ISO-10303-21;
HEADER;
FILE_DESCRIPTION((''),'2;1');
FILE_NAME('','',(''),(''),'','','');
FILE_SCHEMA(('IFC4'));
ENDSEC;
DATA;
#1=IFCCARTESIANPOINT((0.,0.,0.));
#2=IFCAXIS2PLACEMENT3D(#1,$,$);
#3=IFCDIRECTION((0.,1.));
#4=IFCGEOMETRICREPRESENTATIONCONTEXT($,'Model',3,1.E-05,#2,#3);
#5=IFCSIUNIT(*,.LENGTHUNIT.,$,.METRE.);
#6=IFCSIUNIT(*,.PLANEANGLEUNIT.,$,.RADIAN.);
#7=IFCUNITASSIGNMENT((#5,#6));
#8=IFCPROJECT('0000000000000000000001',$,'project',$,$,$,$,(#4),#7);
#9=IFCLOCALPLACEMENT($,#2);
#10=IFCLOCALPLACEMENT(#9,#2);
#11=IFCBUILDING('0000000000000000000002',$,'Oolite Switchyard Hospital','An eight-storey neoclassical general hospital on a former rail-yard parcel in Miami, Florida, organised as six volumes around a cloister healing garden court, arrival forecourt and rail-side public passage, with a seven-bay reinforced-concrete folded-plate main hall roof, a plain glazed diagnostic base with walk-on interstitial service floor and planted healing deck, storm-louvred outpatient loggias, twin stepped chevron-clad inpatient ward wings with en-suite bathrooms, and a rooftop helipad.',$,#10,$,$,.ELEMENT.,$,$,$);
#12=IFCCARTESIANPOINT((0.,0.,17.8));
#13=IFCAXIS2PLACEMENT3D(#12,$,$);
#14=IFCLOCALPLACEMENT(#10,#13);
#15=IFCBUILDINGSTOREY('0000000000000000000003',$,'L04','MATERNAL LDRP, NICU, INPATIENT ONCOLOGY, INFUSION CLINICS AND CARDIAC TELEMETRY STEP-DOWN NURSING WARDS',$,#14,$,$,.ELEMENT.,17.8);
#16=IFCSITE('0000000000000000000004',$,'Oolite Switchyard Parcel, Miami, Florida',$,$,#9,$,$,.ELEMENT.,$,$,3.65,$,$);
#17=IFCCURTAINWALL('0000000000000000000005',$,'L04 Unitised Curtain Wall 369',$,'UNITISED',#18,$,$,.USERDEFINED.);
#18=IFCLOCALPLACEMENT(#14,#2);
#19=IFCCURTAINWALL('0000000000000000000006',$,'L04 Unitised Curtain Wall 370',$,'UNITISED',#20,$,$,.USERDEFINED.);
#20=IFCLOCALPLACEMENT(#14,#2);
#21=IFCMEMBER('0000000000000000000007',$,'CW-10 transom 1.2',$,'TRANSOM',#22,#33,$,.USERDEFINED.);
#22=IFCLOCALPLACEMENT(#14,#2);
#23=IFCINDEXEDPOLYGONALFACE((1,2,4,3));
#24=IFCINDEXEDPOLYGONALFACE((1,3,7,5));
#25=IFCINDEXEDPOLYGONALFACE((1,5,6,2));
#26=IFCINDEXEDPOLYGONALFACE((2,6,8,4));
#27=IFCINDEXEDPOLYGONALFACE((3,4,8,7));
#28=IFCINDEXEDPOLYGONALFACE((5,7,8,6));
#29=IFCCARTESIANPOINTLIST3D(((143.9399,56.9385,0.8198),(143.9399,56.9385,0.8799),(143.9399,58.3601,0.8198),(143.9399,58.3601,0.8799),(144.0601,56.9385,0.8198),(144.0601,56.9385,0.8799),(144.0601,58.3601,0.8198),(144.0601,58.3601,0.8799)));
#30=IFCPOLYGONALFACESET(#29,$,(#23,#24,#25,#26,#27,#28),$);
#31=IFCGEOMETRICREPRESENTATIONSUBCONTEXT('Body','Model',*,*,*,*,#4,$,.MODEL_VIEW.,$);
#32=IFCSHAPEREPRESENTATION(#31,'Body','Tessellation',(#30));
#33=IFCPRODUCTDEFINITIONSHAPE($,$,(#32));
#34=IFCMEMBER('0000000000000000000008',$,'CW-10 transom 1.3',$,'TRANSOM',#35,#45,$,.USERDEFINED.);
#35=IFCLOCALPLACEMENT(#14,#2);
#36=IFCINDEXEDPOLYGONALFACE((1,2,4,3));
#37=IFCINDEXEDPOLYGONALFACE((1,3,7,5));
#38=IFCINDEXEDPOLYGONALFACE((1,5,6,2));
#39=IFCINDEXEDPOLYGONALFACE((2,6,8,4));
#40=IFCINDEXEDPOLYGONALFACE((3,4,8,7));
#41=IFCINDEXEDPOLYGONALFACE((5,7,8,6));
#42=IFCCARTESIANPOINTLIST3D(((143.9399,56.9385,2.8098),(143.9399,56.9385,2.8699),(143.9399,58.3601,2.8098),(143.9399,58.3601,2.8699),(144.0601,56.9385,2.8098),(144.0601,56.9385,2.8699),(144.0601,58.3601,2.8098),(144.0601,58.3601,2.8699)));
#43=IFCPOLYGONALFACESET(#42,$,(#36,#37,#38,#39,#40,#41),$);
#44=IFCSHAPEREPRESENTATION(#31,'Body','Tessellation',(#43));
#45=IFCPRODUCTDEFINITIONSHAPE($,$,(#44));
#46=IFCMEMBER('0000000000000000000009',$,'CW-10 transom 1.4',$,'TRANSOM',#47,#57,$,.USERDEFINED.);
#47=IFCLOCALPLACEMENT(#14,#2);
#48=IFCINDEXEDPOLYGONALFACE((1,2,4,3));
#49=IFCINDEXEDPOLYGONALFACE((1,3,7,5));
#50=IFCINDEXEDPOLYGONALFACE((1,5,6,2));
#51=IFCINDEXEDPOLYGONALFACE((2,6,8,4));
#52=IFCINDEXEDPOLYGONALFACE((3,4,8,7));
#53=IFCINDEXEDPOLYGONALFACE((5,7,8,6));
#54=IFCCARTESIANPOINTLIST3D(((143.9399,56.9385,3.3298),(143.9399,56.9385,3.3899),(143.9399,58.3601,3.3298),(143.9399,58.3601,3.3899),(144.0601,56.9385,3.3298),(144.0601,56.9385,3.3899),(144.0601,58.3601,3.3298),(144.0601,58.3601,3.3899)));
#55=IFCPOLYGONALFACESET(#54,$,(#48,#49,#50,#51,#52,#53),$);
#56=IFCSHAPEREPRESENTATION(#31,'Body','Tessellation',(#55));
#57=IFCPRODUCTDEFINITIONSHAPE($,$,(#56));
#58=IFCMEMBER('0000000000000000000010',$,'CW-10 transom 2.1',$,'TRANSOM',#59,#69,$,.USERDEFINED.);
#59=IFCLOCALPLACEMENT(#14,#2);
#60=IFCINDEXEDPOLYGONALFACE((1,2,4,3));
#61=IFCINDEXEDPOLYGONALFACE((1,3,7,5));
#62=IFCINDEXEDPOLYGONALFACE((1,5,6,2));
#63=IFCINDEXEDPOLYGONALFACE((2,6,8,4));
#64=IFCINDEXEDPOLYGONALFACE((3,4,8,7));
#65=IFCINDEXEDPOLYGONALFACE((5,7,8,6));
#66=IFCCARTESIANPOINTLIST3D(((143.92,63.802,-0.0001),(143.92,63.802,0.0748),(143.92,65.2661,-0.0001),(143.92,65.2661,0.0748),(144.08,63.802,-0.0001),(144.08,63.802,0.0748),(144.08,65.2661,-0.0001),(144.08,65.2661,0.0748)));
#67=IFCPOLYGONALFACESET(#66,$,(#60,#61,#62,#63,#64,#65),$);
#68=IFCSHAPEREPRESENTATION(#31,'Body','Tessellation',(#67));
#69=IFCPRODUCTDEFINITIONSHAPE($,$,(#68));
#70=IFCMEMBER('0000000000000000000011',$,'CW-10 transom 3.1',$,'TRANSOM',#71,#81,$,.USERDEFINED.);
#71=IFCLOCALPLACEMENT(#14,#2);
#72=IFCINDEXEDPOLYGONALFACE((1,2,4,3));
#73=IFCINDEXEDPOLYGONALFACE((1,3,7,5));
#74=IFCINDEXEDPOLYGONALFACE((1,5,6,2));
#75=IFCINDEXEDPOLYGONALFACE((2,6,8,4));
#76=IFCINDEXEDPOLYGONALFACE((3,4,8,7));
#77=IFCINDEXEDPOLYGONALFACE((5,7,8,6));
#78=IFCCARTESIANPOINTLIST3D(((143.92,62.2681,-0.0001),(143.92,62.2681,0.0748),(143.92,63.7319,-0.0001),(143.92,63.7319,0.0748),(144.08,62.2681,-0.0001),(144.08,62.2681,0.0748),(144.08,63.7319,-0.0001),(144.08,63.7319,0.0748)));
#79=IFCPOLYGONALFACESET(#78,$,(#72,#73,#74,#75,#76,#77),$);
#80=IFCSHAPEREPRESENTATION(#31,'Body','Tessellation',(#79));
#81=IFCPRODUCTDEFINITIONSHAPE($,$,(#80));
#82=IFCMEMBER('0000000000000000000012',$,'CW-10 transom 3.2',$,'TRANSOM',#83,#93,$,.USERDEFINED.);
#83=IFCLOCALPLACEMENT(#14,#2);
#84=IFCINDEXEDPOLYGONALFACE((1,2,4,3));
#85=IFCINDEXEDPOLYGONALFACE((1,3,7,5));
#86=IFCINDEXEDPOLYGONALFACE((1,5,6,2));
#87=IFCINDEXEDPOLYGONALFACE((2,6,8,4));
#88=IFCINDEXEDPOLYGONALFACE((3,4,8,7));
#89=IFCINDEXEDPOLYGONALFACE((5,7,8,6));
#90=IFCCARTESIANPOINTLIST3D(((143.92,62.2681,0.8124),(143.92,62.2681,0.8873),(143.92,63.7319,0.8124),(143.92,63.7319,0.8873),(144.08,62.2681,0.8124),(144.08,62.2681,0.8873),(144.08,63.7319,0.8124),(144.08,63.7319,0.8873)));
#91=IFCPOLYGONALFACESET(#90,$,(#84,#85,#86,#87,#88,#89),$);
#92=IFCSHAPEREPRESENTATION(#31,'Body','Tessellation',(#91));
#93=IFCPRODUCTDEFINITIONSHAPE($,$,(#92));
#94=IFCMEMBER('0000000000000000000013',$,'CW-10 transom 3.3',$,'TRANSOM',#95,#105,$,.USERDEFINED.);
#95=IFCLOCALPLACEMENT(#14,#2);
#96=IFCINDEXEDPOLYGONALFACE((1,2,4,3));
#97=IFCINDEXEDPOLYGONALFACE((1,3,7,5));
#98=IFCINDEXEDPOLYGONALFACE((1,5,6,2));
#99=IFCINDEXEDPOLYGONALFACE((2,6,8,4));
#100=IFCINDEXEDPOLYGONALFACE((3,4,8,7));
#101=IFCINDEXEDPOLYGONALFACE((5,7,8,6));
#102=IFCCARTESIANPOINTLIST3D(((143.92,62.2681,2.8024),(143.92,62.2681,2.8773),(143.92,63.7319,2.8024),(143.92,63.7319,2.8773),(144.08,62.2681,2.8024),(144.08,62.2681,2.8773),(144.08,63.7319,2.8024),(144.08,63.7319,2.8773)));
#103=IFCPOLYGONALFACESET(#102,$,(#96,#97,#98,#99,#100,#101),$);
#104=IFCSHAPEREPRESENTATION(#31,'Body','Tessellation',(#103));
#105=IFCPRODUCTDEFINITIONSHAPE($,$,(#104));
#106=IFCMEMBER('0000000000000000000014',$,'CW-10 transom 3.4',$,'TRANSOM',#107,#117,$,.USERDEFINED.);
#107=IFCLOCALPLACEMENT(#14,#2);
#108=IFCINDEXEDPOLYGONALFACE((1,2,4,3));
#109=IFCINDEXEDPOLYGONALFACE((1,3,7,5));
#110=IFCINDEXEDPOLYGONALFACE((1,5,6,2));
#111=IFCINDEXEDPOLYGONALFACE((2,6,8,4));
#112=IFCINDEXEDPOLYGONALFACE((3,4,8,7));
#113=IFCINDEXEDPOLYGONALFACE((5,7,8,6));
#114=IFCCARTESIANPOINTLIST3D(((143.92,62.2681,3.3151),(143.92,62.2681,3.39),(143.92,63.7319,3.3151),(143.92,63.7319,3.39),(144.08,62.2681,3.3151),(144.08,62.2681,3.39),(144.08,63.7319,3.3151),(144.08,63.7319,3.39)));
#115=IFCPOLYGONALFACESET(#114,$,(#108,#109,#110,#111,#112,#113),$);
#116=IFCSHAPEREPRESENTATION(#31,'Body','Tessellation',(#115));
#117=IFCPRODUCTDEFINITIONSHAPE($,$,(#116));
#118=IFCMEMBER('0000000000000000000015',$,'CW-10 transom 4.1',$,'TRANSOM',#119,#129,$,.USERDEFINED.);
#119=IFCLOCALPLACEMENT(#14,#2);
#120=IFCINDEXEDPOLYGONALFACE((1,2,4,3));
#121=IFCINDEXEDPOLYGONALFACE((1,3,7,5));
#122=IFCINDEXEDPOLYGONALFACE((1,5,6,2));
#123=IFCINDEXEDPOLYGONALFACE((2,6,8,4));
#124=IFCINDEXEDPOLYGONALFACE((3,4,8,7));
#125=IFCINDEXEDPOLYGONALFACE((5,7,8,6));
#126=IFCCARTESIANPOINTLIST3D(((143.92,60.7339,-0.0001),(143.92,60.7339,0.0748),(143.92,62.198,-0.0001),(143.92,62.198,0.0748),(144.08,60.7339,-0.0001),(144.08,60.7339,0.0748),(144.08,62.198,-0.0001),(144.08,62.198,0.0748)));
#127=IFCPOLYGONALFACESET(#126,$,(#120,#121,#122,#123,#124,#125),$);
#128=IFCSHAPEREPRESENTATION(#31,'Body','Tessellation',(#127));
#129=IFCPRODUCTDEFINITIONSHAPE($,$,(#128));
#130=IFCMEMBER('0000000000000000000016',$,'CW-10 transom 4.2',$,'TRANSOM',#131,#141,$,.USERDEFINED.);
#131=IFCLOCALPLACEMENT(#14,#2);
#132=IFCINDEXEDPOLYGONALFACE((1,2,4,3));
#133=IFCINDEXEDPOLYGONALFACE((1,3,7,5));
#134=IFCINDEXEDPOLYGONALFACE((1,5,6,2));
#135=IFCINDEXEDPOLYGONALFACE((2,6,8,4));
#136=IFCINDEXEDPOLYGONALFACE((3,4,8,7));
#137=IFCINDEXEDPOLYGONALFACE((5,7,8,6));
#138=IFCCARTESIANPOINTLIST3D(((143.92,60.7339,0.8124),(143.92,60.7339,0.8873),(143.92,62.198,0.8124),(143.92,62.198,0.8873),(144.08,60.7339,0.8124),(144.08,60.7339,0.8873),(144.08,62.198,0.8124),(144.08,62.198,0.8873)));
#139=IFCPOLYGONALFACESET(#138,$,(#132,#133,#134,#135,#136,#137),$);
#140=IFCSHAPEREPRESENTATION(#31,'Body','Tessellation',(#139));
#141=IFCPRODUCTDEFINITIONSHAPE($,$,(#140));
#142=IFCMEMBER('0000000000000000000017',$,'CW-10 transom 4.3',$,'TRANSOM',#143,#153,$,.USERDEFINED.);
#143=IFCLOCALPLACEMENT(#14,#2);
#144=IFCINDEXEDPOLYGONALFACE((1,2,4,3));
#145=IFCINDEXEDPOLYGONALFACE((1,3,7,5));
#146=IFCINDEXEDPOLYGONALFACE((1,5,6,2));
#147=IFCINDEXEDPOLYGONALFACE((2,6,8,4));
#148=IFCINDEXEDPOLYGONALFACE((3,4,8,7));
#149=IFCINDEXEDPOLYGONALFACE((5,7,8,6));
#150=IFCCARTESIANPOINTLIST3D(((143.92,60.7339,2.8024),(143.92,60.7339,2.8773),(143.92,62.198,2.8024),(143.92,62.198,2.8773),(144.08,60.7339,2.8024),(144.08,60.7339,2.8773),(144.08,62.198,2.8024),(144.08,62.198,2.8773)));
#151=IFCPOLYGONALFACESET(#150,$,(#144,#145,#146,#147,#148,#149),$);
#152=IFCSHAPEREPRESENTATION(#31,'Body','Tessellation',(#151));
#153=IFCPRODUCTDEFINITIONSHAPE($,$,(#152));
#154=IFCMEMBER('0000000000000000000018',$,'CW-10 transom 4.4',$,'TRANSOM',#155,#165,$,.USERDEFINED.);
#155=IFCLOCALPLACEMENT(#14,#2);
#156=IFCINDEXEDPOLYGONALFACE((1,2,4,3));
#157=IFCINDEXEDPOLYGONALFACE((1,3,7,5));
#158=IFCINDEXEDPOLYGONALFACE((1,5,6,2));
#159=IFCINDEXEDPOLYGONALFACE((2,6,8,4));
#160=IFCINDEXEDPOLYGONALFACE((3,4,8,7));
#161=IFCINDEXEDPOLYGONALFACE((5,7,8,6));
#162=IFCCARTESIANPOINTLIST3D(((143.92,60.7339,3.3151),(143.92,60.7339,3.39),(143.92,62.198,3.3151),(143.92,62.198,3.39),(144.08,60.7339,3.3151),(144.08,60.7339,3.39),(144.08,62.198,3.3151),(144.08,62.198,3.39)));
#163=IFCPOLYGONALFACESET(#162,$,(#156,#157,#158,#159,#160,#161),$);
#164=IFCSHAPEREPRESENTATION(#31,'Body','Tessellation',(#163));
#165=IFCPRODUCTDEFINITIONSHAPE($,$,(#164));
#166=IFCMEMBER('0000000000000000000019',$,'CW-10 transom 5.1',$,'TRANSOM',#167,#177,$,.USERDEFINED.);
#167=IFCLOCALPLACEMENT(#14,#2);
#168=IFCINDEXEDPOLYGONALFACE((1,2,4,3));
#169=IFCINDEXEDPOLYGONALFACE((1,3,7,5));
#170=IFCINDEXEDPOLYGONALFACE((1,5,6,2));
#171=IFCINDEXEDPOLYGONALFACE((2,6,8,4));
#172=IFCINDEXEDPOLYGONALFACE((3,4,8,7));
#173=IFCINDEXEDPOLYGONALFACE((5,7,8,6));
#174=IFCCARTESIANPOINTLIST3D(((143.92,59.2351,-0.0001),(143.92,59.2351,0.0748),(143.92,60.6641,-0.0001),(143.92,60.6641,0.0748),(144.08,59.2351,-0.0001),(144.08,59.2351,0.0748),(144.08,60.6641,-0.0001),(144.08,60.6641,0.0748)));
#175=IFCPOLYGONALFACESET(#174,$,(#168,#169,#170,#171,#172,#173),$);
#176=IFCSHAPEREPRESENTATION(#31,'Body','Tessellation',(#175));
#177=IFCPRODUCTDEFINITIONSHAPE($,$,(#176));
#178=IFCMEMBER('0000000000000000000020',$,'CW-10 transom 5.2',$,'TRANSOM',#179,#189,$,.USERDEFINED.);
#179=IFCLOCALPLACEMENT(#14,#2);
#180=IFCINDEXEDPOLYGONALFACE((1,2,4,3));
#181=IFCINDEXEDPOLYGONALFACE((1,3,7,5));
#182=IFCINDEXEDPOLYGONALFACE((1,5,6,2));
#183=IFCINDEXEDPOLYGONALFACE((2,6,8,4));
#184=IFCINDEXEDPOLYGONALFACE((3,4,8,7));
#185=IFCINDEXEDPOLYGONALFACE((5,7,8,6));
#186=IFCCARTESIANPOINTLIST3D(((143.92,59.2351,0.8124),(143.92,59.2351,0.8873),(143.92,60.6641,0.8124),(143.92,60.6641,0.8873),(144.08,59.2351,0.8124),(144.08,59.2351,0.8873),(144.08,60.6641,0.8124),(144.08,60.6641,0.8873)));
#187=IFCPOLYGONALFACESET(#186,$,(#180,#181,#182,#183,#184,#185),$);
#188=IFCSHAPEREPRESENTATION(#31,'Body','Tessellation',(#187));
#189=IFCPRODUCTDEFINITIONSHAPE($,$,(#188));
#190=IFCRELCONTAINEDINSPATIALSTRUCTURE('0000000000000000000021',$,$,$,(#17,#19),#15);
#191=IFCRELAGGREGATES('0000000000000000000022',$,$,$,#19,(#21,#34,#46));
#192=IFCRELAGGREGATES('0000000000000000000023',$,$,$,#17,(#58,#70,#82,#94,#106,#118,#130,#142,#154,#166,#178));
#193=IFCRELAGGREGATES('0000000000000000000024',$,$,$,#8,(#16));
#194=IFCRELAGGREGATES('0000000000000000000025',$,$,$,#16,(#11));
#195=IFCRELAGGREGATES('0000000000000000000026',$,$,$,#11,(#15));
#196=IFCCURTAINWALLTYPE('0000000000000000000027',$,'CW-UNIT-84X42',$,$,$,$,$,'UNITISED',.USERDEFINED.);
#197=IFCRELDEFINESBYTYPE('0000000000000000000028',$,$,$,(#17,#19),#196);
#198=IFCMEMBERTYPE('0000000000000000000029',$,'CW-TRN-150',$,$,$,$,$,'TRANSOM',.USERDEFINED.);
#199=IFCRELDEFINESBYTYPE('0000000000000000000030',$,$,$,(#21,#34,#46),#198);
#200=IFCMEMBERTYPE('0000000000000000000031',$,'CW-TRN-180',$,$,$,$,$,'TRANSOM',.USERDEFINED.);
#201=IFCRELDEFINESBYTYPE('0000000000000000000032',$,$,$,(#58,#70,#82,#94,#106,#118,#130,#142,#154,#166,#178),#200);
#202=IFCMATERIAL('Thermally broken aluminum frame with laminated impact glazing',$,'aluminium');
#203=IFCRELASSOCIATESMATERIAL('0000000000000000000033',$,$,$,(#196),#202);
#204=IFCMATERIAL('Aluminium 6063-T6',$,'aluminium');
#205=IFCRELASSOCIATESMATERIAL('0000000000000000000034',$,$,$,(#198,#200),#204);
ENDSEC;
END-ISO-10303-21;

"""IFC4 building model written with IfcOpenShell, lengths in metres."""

from ifc_helpers import new_model, si_unit, direction, frame, origin, origin_2d, place, context, subcontext, project, spatial, rectangle, extrude, material, material_profile, profile_set, type_object, element, aggregate, save


model = new_model("IFC4")

# Units and contexts
model_context = context("Model", 3, precision=1e-05, world=origin(), true_north=direction((0.0, 1.0)))
body_context = subcontext(model_context, "Body", "Model", "MODEL_VIEW")
ifc_project = project(units=[si_unit("LENGTHUNIT", "METRE"), si_unit("PLANEANGLEUNIT", "RADIAN")], contexts=[model_context])

# Site, building, storey
site_placement = place(None, origin())
site = spatial("IfcSite", under=ifc_project, at=site_placement, Name="Oolite Switchyard Parcel, Miami, Florida", CompositionType="ELEMENT", RefElevation=3.65)
building_placement = place(site_placement, origin())
building = spatial("IfcBuilding", under=site, at=building_placement, Name="Oolite Switchyard Hospital", Description="An eight-storey neoclassical general hospital on a former rail-yard parcel in Miami, Florida, organised as six volumes around a cloister healing garden court, arrival forecourt and rail-side public passage, with a seven-bay reinforced-concrete folded-plate main hall roof, a plain glazed diagnostic base with walk-on interstitial service floor and planted healing deck, storm-louvred outpatient loggias, twin stepped chevron-clad inpatient ward wings with en-suite bathrooms, and a rooftop helipad.", CompositionType="ELEMENT")
storey_placement = place(building_placement, frame((0.0, 0.0, 17.8)))
storey = spatial("IfcBuildingStorey", under=building, at=storey_placement, Name="L04", Description="MATERNAL LDRP, NICU, INPATIENT ONCOLOGY, INFUSION CLINICS AND CARDIAC TELEMETRY STEP-DOWN NURSING WARDS", CompositionType="ELEMENT", Elevation=17.8)

# Curtain walls, members
ifc_material_1 = material(Name="Thermally broken aluminum frame with laminated impact glazing", Category="aluminium")
curtain_wall_type = type_object("IfcCurtainWallType", Name="CW-UNIT-84X42", ElementType="UNITISED", PredefinedType="USERDEFINED", material=ifc_material_1)
curtain_wall_1_placement = place(storey_placement, origin())
curtain_wall_1 = element("IfcCurtainWall", 1, at=curtain_wall_1_placement, inside=storey, type_object=curtain_wall_type, Name="L04 Unitised Curtain Wall 369", ObjectType="UNITISED", PredefinedType="USERDEFINED")
ifc_material_2 = material(Name="Aluminium 6063-T6", Category="aluminium")
curtain_wall_2_placement = place(storey_placement, origin())
curtain_wall_2 = element("IfcCurtainWall", 2, at=curtain_wall_2_placement, inside=storey, type_object=curtain_wall_type, Name="L04 Unitised Curtain Wall 370", ObjectType="UNITISED", PredefinedType="USERDEFINED")
ifc_material_profile_1 = material_profile(ifc_material_2, rectangle(XDim=0.1201, YDim=0.0601, at=origin_2d()), Name="CWT60X120")
ifc_profile_set_1 = profile_set([ifc_material_profile_1], Name="Aluminium 6063-T6")
member_type_1 = type_object("IfcMemberType", Name="CW-TRN-150", ElementType="TRANSOM", PredefinedType="USERDEFINED", material=ifc_profile_set_1)
member_1_placement = place(storey_placement, frame((144.0, 58.3601, 0.8499), z_axis=(0.0, -1.0, 0.0), x_axis=(1.0, 0.0, 0.0)))
member_1 = element("IfcMember", 3, at=member_1_placement, type_object=member_type_1, Name="CW-10 transom 1.2", ObjectType="TRANSOM", PredefinedType="USERDEFINED", context=body_context, shape_type="SweptSolid", body=[
    extrude(rectangle(XDim=0.1201, YDim=0.0601, at=origin_2d()), origin(), (0.0, 0.0, 1.0), 1.4216),
])
member_2_placement = place(storey_placement, frame((144.0, 58.3601, 2.8398), z_axis=(0.0, -1.0, 0.0), x_axis=(1.0, 0.0, 0.0)))
member_2 = element("IfcMember", 4, at=member_2_placement, type_object=member_type_1, Name="CW-10 transom 1.3", ObjectType="TRANSOM", PredefinedType="USERDEFINED", context=body_context, shape_type="SweptSolid", body=[
    extrude(rectangle(XDim=0.1201, YDim=0.0601, at=origin_2d()), origin(), (0.0, 0.0, 1.0), 1.4216),
])
member_3_placement = place(storey_placement, frame((144.0, 58.3601, 3.3599), z_axis=(0.0, -1.0, 0.0), x_axis=(1.0, 0.0, 0.0)))
member_3 = element("IfcMember", 5, at=member_3_placement, type_object=member_type_1, Name="CW-10 transom 1.4", ObjectType="TRANSOM", PredefinedType="USERDEFINED", context=body_context, shape_type="SweptSolid", body=[
    extrude(rectangle(XDim=0.1201, YDim=0.0601, at=origin_2d()), origin(), (0.0, 0.0, 1.0), 1.4216),
])
aggregate(curtain_wall_2, [member_1, member_2, member_3])

# Members
ifc_material_profile_2 = material_profile(ifc_material_2, rectangle(XDim=0.1599, YDim=0.075, at=origin_2d()), Name="CWT75X160")
ifc_profile_set_2 = profile_set([ifc_material_profile_2], Name="Aluminium 6063-T6")
member_type_2 = type_object("IfcMemberType", Name="CW-TRN-180", ElementType="TRANSOM", PredefinedType="USERDEFINED", material=ifc_profile_set_2)
member_4_placement = place(storey_placement, frame((144.0, 65.2661, 0.0374), z_axis=(0.0, -1.0, 0.0), x_axis=(1.0, 0.0, 0.0)))
member_4 = element("IfcMember", 6, at=member_4_placement, type_object=member_type_2, Name="CW-10 transom 2.1", ObjectType="TRANSOM", PredefinedType="USERDEFINED", context=body_context, shape_type="SweptSolid", body=[
    extrude(rectangle(XDim=0.1599, YDim=0.075, at=origin_2d()), origin(), (0.0, 0.0, 1.0), 1.4641),
])
member_5_placement = place(storey_placement, frame((144.0, 63.7319, 0.0374), z_axis=(0.0, -1.0, 0.0), x_axis=(1.0, 0.0, 0.0)))
member_5 = element("IfcMember", 7, at=member_5_placement, type_object=member_type_2, Name="CW-10 transom 3.1", ObjectType="TRANSOM", PredefinedType="USERDEFINED", context=body_context, shape_type="SweptSolid", body=[
    extrude(rectangle(XDim=0.1599, YDim=0.075, at=origin_2d()), origin(), (0.0, 0.0, 1.0), 1.4639),
])
member_6_placement = place(storey_placement, frame((144.0, 63.7319, 0.8499), z_axis=(0.0, -1.0, 0.0), x_axis=(1.0, 0.0, 0.0)))
member_6 = element("IfcMember", 8, at=member_6_placement, type_object=member_type_2, Name="CW-10 transom 3.2", ObjectType="TRANSOM", PredefinedType="USERDEFINED", context=body_context, shape_type="SweptSolid", body=[
    extrude(rectangle(XDim=0.1599, YDim=0.075, at=origin_2d()), origin(), (0.0, 0.0, 1.0), 1.4639),
])
member_7_placement = place(storey_placement, frame((144.0, 63.7319, 2.8398), z_axis=(0.0, -1.0, 0.0), x_axis=(1.0, 0.0, 0.0)))
member_7 = element("IfcMember", 9, at=member_7_placement, type_object=member_type_2, Name="CW-10 transom 3.3", ObjectType="TRANSOM", PredefinedType="USERDEFINED", context=body_context, shape_type="SweptSolid", body=[
    extrude(rectangle(XDim=0.1599, YDim=0.075, at=origin_2d()), origin(), (0.0, 0.0, 1.0), 1.4639),
])
member_8_placement = place(storey_placement, frame((144.0, 63.7319, 3.3525), z_axis=(0.0, -1.0, 0.0), x_axis=(1.0, 0.0, 0.0)))
member_8 = element("IfcMember", 10, at=member_8_placement, type_object=member_type_2, Name="CW-10 transom 3.4", ObjectType="TRANSOM", PredefinedType="USERDEFINED", context=body_context, shape_type="SweptSolid", body=[
    extrude(rectangle(XDim=0.1599, YDim=0.075, at=origin_2d()), origin(), (0.0, 0.0, 1.0), 1.4639),
])
member_9_placement = place(storey_placement, frame((144.0, 62.198, 0.0374), z_axis=(0.0, -1.0, 0.0), x_axis=(1.0, 0.0, 0.0)))
member_9 = element("IfcMember", 11, at=member_9_placement, type_object=member_type_2, Name="CW-10 transom 4.1", ObjectType="TRANSOM", PredefinedType="USERDEFINED", context=body_context, shape_type="SweptSolid", body=[
    extrude(rectangle(XDim=0.1599, YDim=0.075, at=origin_2d()), origin(), (0.0, 0.0, 1.0), 1.4641),
])
member_10_placement = place(storey_placement, frame((144.0, 62.198, 0.8499), z_axis=(0.0, -1.0, 0.0), x_axis=(1.0, 0.0, 0.0)))
member_10 = element("IfcMember", 12, at=member_10_placement, type_object=member_type_2, Name="CW-10 transom 4.2", ObjectType="TRANSOM", PredefinedType="USERDEFINED", context=body_context, shape_type="SweptSolid", body=[
    extrude(rectangle(XDim=0.1599, YDim=0.075, at=origin_2d()), origin(), (0.0, 0.0, 1.0), 1.4641),
])
member_11_placement = place(storey_placement, frame((144.0, 62.198, 2.8398), z_axis=(0.0, -1.0, 0.0), x_axis=(1.0, 0.0, 0.0)))
member_11 = element("IfcMember", 13, at=member_11_placement, type_object=member_type_2, Name="CW-10 transom 4.3", ObjectType="TRANSOM", PredefinedType="USERDEFINED", context=body_context, shape_type="SweptSolid", body=[
    extrude(rectangle(XDim=0.1599, YDim=0.075, at=origin_2d()), origin(), (0.0, 0.0, 1.0), 1.4641),
])
member_12_placement = place(storey_placement, frame((144.0, 62.198, 3.3525), z_axis=(0.0, -1.0, 0.0), x_axis=(1.0, 0.0, 0.0)))
member_12 = element("IfcMember", 14, at=member_12_placement, type_object=member_type_2, Name="CW-10 transom 4.4", ObjectType="TRANSOM", PredefinedType="USERDEFINED", context=body_context, shape_type="SweptSolid", body=[
    extrude(rectangle(XDim=0.1599, YDim=0.075, at=origin_2d()), origin(), (0.0, 0.0, 1.0), 1.4641),
])
member_13_placement = place(storey_placement, frame((144.0, 60.6641, 0.0374), z_axis=(0.0, -1.0, 0.0), x_axis=(1.0, 0.0, 0.0)))
member_13 = element("IfcMember", 15, at=member_13_placement, type_object=member_type_2, Name="CW-10 transom 5.1", ObjectType="TRANSOM", PredefinedType="USERDEFINED", context=body_context, shape_type="SweptSolid", body=[
    extrude(rectangle(XDim=0.1599, YDim=0.075, at=origin_2d()), origin(), (0.0, 0.0, 1.0), 1.429),
])
member_14_placement = place(storey_placement, frame((144.0, 60.6641, 0.8499), z_axis=(0.0, -1.0, 0.0), x_axis=(1.0, 0.0, 0.0)))
member_14 = element("IfcMember", 16, at=member_14_placement, type_object=member_type_2, Name="CW-10 transom 5.2", ObjectType="TRANSOM", PredefinedType="USERDEFINED", context=body_context, shape_type="SweptSolid", body=[
    extrude(rectangle(XDim=0.1599, YDim=0.075, at=origin_2d()), origin(), (0.0, 0.0, 1.0), 1.429),
])

aggregate(curtain_wall_1, [member_4, member_5, member_6, member_7, member_8, member_9, member_10, member_11, member_12, member_13, member_14])

save(model, "model.ifc")
